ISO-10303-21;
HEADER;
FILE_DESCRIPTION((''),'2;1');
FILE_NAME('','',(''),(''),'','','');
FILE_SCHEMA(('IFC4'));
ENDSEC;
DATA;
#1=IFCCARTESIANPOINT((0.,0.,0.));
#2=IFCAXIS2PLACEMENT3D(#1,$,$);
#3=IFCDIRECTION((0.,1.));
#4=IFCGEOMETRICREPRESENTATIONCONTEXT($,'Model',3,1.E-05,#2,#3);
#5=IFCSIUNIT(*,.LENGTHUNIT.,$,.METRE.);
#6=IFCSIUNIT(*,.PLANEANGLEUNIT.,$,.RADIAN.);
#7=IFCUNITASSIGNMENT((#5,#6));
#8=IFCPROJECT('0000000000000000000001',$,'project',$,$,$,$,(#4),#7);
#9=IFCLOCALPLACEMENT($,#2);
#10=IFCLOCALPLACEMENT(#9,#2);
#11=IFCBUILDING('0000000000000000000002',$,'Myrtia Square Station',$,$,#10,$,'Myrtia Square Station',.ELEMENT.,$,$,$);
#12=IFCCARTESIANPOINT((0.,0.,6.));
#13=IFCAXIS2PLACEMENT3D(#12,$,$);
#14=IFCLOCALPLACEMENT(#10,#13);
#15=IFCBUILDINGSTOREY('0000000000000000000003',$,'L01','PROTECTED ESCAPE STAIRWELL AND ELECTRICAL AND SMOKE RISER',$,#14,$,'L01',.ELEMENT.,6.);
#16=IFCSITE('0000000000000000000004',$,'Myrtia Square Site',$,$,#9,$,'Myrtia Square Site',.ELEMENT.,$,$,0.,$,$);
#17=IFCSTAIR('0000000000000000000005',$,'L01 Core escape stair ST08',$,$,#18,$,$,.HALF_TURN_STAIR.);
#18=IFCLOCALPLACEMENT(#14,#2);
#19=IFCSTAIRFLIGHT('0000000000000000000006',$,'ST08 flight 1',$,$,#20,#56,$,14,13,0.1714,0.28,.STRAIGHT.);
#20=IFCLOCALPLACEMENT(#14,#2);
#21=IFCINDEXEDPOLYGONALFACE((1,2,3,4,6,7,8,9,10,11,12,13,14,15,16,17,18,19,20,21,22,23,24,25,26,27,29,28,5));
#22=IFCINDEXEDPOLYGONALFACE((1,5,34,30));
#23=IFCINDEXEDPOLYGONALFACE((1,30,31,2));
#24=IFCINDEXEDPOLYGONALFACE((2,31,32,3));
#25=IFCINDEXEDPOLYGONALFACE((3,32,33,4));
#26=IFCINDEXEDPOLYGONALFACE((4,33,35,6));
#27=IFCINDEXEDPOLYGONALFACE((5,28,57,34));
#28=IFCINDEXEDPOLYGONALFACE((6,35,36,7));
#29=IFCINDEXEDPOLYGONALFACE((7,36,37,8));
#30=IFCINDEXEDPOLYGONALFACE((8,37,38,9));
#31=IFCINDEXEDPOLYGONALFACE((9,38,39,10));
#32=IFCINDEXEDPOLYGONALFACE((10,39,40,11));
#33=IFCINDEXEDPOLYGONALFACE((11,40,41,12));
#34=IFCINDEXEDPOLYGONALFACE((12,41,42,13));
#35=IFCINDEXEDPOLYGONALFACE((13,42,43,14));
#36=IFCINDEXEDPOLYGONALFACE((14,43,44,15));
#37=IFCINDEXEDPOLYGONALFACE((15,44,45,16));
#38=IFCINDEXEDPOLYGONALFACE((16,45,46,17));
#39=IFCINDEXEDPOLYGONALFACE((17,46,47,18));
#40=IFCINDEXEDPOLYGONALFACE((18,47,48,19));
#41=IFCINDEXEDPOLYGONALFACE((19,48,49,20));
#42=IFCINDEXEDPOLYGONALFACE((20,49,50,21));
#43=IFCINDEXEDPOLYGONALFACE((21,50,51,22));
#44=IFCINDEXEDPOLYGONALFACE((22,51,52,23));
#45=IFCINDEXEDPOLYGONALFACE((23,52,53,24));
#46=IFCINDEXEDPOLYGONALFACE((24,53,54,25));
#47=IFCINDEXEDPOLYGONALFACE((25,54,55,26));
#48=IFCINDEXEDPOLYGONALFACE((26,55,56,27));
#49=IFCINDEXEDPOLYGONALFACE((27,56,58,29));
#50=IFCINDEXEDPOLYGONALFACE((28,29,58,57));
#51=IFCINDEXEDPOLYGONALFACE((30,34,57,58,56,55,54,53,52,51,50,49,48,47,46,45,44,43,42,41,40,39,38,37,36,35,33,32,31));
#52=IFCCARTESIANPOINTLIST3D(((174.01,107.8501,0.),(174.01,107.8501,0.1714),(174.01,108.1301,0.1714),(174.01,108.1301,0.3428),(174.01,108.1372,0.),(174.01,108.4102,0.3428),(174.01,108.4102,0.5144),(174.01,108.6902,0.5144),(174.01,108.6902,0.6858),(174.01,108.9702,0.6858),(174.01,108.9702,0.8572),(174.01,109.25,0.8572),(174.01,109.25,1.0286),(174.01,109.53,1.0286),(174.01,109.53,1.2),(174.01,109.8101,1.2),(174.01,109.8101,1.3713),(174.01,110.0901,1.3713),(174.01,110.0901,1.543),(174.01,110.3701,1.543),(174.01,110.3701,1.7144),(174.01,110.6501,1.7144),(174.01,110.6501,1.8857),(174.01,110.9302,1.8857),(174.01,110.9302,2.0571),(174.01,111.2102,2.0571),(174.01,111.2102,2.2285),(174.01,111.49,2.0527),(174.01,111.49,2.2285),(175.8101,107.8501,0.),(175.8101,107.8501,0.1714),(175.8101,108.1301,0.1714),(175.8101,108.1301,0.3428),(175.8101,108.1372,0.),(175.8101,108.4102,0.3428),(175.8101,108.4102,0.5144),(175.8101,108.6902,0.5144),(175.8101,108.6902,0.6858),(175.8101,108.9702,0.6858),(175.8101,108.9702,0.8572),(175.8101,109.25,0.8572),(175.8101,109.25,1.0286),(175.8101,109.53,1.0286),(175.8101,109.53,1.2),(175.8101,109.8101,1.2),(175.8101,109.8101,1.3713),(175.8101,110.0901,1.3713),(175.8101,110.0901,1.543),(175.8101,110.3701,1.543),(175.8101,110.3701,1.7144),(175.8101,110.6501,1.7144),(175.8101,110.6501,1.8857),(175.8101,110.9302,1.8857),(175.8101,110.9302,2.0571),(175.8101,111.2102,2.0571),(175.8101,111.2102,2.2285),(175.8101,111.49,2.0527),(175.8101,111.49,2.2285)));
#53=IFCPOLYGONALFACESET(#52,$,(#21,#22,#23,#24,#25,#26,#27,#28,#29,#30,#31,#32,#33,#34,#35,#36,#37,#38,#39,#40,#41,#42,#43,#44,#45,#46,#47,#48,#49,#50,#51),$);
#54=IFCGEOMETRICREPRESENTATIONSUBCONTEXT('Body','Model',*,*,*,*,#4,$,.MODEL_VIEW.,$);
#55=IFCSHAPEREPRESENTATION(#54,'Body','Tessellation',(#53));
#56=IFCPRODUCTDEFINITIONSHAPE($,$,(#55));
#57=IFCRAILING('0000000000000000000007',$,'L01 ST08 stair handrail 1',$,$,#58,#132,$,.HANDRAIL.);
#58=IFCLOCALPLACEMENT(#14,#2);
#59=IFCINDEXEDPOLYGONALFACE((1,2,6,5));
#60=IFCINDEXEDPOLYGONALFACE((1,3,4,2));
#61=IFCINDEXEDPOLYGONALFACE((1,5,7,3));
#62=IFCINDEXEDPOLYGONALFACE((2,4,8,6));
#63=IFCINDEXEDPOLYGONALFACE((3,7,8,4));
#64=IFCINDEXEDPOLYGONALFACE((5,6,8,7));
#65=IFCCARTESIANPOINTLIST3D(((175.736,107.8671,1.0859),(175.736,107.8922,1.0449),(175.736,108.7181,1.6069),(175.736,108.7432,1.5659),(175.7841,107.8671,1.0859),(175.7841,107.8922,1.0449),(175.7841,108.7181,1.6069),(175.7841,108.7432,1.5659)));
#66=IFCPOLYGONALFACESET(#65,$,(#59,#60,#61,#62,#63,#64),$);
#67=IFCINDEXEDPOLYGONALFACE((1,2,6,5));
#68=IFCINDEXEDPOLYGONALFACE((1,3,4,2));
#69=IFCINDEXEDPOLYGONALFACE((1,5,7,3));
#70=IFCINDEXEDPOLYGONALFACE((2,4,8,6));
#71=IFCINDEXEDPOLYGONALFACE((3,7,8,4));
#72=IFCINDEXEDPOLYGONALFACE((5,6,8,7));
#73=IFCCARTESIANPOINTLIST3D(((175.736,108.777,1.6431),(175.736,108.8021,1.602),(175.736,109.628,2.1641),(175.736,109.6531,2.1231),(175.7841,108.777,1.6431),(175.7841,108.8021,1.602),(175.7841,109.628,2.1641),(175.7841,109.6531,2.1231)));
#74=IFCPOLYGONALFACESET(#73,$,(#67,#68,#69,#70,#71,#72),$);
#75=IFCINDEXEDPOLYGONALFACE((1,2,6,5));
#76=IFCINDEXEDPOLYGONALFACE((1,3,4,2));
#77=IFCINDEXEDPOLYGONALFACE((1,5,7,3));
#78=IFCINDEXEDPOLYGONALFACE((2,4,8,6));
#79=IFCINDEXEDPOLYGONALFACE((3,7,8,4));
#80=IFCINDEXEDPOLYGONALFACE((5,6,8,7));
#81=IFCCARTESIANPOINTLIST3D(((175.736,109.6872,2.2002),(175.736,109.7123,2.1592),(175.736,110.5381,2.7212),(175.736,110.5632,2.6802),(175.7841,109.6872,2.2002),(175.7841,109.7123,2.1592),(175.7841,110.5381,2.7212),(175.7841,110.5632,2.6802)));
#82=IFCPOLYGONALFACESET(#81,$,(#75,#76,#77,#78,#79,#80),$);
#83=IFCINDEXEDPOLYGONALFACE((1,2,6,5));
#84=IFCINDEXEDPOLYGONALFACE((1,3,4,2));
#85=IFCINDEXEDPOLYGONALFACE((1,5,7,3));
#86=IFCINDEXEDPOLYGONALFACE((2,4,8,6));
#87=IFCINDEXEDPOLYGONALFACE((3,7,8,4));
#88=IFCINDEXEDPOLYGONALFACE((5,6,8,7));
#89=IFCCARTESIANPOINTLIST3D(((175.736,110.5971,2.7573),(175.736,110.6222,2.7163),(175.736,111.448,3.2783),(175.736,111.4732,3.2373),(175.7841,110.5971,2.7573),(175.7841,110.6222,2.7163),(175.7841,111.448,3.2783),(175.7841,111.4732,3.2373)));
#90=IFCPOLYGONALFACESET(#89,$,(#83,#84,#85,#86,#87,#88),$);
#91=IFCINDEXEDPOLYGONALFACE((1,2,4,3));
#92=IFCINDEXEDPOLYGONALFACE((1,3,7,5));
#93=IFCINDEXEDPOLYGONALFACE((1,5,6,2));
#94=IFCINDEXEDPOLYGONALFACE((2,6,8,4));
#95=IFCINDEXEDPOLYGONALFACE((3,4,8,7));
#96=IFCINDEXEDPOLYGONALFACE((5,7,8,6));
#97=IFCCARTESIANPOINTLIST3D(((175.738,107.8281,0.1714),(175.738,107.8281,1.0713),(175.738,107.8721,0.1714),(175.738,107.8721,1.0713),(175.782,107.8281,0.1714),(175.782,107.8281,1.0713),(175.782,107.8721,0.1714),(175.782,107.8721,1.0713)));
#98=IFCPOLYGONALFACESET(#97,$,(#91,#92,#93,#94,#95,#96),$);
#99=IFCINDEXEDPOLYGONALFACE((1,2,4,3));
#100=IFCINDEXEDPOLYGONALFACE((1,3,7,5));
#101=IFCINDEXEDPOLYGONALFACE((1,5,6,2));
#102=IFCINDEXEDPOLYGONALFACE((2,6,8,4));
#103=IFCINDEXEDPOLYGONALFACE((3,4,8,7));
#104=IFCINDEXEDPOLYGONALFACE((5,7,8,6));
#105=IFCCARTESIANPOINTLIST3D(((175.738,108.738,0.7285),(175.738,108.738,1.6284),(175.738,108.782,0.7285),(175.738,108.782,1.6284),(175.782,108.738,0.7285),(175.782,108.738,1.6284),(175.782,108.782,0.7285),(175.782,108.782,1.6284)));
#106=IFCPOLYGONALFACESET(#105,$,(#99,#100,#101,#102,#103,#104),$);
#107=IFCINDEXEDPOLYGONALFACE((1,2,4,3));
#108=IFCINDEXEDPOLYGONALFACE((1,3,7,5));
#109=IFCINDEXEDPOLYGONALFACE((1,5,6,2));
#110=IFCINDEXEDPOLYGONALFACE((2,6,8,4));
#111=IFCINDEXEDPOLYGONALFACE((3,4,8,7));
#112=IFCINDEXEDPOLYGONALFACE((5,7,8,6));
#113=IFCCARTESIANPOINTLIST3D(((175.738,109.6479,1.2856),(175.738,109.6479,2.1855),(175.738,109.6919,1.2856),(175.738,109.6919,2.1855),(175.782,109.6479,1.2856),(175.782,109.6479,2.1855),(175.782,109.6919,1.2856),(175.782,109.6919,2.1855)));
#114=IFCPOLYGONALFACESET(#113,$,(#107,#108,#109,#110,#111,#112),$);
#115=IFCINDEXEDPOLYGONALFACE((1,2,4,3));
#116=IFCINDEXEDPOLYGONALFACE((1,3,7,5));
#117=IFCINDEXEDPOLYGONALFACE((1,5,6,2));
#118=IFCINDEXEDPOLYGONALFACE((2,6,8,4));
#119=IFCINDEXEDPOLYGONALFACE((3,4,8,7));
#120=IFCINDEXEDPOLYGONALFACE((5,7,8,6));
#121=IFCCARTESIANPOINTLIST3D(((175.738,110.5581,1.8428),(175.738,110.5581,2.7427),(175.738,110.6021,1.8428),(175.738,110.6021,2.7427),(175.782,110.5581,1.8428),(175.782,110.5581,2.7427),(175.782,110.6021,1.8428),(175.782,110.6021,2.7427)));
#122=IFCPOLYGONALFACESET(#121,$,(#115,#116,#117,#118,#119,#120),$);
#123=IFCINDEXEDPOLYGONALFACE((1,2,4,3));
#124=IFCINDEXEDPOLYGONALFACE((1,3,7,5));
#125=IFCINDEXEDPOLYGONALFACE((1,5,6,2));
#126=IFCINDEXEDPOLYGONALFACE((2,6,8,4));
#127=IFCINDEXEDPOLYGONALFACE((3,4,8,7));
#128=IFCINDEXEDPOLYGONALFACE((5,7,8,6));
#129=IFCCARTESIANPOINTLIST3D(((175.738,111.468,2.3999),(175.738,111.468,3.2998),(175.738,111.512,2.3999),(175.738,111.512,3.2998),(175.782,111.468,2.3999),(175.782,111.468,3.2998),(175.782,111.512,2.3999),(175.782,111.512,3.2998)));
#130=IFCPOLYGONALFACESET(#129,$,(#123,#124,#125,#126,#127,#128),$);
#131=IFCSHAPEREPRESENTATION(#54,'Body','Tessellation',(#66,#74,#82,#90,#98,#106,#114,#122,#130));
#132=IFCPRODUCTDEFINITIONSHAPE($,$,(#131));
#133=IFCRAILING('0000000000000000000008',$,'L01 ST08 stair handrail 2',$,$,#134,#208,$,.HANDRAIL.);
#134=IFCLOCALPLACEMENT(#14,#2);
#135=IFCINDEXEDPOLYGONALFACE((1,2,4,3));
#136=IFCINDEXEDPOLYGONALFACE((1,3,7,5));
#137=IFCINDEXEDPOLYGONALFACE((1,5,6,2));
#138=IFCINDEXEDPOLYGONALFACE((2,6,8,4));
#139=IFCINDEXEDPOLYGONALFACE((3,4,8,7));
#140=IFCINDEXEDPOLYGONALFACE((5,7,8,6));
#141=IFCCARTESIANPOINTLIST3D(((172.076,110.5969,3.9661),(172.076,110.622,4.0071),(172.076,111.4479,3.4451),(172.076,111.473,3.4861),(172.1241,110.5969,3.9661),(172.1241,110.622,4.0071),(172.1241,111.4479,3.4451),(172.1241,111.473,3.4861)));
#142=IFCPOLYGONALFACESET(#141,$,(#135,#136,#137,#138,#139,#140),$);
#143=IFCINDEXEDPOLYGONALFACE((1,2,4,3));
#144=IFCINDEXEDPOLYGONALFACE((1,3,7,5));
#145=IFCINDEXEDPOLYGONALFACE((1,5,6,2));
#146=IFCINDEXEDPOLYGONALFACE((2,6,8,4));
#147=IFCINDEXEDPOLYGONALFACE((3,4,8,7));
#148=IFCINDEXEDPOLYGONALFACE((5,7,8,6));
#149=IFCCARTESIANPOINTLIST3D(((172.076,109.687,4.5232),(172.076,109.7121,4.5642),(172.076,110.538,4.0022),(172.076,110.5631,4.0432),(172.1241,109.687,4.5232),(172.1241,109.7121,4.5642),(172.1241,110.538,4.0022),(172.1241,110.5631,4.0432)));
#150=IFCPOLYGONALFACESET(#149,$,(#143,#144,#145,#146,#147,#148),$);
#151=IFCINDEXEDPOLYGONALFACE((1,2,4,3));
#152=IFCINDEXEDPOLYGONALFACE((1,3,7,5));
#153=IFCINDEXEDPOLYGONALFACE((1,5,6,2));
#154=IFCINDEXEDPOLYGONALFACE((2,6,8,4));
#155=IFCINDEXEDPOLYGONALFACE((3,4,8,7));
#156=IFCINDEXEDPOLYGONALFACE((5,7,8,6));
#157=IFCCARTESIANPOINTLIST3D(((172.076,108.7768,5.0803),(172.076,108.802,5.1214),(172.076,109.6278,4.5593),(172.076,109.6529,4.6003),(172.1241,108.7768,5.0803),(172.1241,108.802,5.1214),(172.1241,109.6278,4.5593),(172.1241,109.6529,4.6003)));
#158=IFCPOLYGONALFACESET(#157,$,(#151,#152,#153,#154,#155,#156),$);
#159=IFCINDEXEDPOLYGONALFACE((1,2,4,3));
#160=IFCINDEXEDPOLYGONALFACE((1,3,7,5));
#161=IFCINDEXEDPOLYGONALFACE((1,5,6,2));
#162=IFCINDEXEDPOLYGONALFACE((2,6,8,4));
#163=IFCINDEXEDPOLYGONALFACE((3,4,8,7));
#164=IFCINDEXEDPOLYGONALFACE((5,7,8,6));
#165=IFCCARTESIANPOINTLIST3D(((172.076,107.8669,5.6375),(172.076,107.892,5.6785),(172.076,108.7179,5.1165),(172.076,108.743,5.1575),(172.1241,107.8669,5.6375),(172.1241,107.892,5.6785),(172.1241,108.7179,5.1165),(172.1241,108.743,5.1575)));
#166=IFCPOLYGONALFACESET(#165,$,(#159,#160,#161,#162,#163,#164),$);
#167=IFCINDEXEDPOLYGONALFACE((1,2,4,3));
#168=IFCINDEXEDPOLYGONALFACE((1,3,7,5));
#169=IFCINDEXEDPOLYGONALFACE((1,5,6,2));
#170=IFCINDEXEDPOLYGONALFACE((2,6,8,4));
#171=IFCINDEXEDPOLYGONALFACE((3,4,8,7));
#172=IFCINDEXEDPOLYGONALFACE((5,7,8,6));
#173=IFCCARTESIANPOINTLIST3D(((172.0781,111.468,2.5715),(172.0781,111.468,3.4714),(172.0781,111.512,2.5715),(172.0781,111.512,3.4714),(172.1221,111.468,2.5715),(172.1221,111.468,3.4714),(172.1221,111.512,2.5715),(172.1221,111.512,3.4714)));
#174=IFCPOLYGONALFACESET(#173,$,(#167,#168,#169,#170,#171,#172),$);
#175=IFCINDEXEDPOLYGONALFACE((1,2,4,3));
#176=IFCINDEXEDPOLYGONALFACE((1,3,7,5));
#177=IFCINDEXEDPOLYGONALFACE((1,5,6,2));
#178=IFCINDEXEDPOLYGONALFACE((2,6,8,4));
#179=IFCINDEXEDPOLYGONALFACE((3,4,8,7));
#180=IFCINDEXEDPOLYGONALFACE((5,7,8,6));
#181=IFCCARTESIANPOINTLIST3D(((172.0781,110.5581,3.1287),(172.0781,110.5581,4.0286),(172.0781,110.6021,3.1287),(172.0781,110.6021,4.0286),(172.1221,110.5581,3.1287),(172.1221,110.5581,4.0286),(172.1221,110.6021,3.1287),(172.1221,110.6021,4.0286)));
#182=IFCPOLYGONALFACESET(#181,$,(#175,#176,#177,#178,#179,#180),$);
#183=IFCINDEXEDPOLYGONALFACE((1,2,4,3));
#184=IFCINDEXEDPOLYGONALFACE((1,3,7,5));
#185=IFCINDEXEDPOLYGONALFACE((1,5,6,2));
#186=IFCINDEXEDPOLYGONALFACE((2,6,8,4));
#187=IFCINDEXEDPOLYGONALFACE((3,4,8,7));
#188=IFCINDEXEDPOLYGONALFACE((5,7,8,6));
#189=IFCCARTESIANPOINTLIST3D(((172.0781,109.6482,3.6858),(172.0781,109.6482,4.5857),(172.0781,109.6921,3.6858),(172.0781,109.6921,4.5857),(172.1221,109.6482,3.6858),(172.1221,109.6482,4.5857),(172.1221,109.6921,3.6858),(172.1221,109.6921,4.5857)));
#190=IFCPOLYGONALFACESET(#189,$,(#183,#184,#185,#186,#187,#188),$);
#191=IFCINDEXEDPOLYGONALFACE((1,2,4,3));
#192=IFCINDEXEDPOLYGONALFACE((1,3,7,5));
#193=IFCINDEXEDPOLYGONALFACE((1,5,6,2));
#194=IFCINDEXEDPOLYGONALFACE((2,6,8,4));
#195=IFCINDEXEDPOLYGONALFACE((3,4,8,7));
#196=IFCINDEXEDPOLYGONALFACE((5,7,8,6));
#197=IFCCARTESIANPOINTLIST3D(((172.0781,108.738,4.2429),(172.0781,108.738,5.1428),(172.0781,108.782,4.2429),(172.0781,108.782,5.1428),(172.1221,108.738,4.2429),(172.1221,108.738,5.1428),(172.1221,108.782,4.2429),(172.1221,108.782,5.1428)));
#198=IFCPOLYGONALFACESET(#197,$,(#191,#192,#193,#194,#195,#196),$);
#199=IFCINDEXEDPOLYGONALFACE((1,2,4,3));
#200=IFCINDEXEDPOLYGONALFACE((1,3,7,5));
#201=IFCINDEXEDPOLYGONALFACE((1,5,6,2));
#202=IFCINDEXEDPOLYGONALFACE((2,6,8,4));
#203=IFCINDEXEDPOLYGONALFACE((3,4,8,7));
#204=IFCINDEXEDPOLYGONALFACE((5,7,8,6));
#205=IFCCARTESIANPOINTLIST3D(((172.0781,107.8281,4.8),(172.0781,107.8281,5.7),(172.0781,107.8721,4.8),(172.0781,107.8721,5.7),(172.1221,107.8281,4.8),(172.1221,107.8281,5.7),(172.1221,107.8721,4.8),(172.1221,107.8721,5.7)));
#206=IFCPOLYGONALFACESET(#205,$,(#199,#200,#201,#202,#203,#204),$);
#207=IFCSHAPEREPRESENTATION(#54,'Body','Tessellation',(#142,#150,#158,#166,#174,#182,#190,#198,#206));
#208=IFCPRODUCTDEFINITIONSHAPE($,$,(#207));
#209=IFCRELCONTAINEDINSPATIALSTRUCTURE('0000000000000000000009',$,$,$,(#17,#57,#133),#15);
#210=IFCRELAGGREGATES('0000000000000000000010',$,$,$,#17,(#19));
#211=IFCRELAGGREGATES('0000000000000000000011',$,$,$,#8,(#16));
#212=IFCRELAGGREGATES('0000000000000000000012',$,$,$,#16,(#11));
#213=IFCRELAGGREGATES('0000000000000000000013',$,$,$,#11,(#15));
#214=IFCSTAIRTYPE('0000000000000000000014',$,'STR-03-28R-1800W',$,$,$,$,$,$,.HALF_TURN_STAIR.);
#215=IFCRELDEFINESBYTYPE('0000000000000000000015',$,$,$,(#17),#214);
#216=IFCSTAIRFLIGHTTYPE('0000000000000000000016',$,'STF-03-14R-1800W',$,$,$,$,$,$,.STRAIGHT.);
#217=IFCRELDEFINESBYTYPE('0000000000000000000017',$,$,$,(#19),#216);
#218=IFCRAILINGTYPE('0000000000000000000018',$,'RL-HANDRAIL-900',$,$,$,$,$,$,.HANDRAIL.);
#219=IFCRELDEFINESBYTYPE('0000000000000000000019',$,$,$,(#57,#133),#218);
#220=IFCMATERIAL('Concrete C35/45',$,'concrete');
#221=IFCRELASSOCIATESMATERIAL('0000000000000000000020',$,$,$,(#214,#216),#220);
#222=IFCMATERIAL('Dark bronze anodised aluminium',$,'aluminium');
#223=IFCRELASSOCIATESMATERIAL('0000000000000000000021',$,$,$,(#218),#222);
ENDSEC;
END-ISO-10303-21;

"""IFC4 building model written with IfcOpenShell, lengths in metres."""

from ifc_helpers import new_model, si_unit, direction, frame, origin, origin_2d, place, context, subcontext, project, spatial, polyline, rectangle, outline, extrude, material, type_object, element, aggregate, save


model = new_model("IFC4")

# Units and contexts
model_context = context("Model", 3, precision=1e-05, world=origin(), true_north=direction((0.0, 1.0)))
body_context = subcontext(model_context, "Body", "Model", "MODEL_VIEW")
ifc_project = project(units=[si_unit("LENGTHUNIT", "METRE"), si_unit("PLANEANGLEUNIT", "RADIAN")], contexts=[model_context])

# Site, building, storey
site_placement = place(None, origin())
site = spatial("IfcSite", under=ifc_project, at=site_placement, Name="Myrtia Square Site", LongName="Myrtia Square Site", CompositionType="ELEMENT", RefElevation=0.0)
building_placement = place(site_placement, origin())
building = spatial("IfcBuilding", under=site, at=building_placement, Name="Myrtia Square Station", LongName="Myrtia Square Station", CompositionType="ELEMENT")
storey_placement = place(building_placement, frame((0.0, 0.0, 6.0)))
storey = spatial("IfcBuildingStorey", under=building, at=storey_placement, Name="L01", Description="PROTECTED ESCAPE STAIRWELL AND ELECTRICAL AND SMOKE RISER", LongName="L01", CompositionType="ELEMENT", Elevation=6.0)

# Shared definitions
ifc_material_1 = material(Name="Concrete C35/45", Category="concrete")

# Shared definitions
ifc_material_2 = material(Name="Dark bronze anodised aluminium", Category="aluminium")

# Stair, stair flight
stair_type = type_object("IfcStairType", Name="STR-03-28R-1800W", PredefinedType="HALF_TURN_STAIR", material=ifc_material_1)
stair_placement = place(storey_placement, origin())
stair = element("IfcStair", 1, at=stair_placement, inside=storey, type_object=stair_type, Name="L01 Core escape stair ST08", PredefinedType="HALF_TURN_STAIR")
stair_flight_type = type_object("IfcStairFlightType", Name="STF-03-14R-1800W", PredefinedType="STRAIGHT", material=ifc_material_1)
stair_flight_placement = place(storey_placement, frame((174.9099, 107.8501, 0.0), z_axis=(0.0, 0.0, 1.0), x_axis=(0.0, 1.0, 0.0)))
stair_flight = element("IfcStairFlight", 2, at=stair_flight_placement, type_object=stair_flight_type, Name="ST08 flight 1", NumberOfRisers=14, NumberOfTreads=13, PredefinedType="STRAIGHT", RiserHeight=0.1714, TreadLength=0.28, context=body_context, shape_type="SweptSolid", body=[
    extrude(outline(polyline([(0.0, 0.0), (0.0, 0.1714), (0.28, 0.1714), (0.28, 0.3428), (0.5601, 0.3428), (0.5601, 0.5144), (0.8401, 0.5144), (0.8401, 0.6858), (1.1201, 0.6858), (1.1201, 0.8572), (1.3999, 0.8572), (1.3999, 1.0286), (1.6799, 1.0286), (1.6799, 1.2), (1.96, 1.2), (1.96, 1.3713), (2.24, 1.3713), (2.24, 1.543), (2.52, 1.543), (2.52, 1.7144), (2.8, 1.7144), (2.8, 1.8857), (3.0801, 1.8857), (3.0801, 2.0571), (3.3601, 2.0571), (3.3601, 2.2285), (3.6399, 2.2285), (3.6399, 2.3999), (3.6399, 2.0527), (0.2871, 0.0), (0.0, 0.0)])), frame((0.0, 0.8999, 0.0), z_axis=(0.0, -1.0, 0.0), x_axis=(1.0, 0.0, 0.0)), (0.0, 0.0, 1.0), 1.8),
])
aggregate(stair, [stair_flight])

# Railings
railing_type_1 = type_object("IfcRailingType", Name="RL-HANDRAIL-900", PredefinedType="HANDRAIL", material=ifc_material_2)
railing_1_placement = place(storey_placement, frame((175.76, 107.8501, 0.1714)))
element("IfcRailing", 3, at=railing_1_placement, inside=storey, type_object=railing_type_1, Name="L01 ST08 stair handrail 1", PredefinedType="HANDRAIL", context=body_context, shape_type="SweptSolid", body=[
    extrude(rectangle(XDim=0.0481, YDim=0.0481, at=origin_2d()), frame((0.0, 0.0295, 0.894), z_axis=(0.0, 0.85285, 0.522156), x_axis=(-1.0, 0.0, 0.0)), (0.0, 0.0, 1.0), 0.9978),
    extrude(rectangle(XDim=0.0481, YDim=0.0481, at=origin_2d()), frame((0.0, 0.9395, 1.4512), z_axis=(0.0, 0.85285, 0.522156), x_axis=(-1.0, 0.0, 0.0)), (0.0, 0.0, 1.0), 0.9978),
    extrude(rectangle(XDim=0.0481, YDim=0.0481, at=origin_2d()), frame((0.0, 1.8496, 2.0083), z_axis=(0.0, 0.85285, 0.522156), x_axis=(-1.0, 0.0, 0.0)), (0.0, 0.0, 1.0), 0.9978),
    extrude(rectangle(XDim=0.0481, YDim=0.0481, at=origin_2d()), frame((0.0, 2.7595, 2.5654), z_axis=(0.0, 0.85285, 0.522156), x_axis=(-1.0, 0.0, 0.0)), (0.0, 0.0, 1.0), 0.9978),
    extrude(rectangle(XDim=0.0439, YDim=0.0439, at=origin_2d()), origin(), (0.0, 0.0, 1.0), 0.8999),
    extrude(rectangle(XDim=0.0439, YDim=0.0439, at=origin_2d()), frame((0.0, 0.9099, 0.5571)), (0.0, 0.0, 1.0), 0.8999),
    extrude(rectangle(XDim=0.0439, YDim=0.0439, at=origin_2d()), frame((0.0, 1.8198, 1.1143)), (0.0, 0.0, 1.0), 0.8999),
    extrude(rectangle(XDim=0.0439, YDim=0.0439, at=origin_2d()), frame((0.0, 2.73, 1.6714)), (0.0, 0.0, 1.0), 0.8999),
    extrude(rectangle(XDim=0.0439, YDim=0.0439, at=origin_2d()), frame((0.0, 3.6399, 2.2285)), (0.0, 0.0, 1.0), 0.8999),
])
railing_2_placement = place(storey_placement, frame((172.1001, 111.49, 2.5715)))
element("IfcRailing", 4, at=railing_2_placement, inside=storey, type_object=railing_type_1, Name="L01 ST08 stair handrail 2", PredefinedType="HANDRAIL", context=body_context, shape_type="SweptSolid", body=[
    extrude(rectangle(XDim=0.0481, YDim=0.0481, at=origin_2d()), frame((0.0, -0.0295, 0.894), z_axis=(0.0, -0.85285, 0.522156), x_axis=(1.0, 0.0, 0.0)), (0.0, 0.0, 1.0), 0.9978),
    extrude(rectangle(XDim=0.0481, YDim=0.0481, at=origin_2d()), frame((0.0, -0.9395, 1.4512), z_axis=(0.0, -0.85285, 0.522156), x_axis=(1.0, 0.0, 0.0)), (0.0, 0.0, 1.0), 0.9978),
    extrude(rectangle(XDim=0.0481, YDim=0.0481, at=origin_2d()), frame((0.0, -1.8496, 2.0083), z_axis=(0.0, -0.85285, 0.522156), x_axis=(1.0, 0.0, 0.0)), (0.0, 0.0, 1.0), 0.9978),
    extrude(rectangle(XDim=0.0481, YDim=0.0481, at=origin_2d()), frame((0.0, -2.7595, 2.5654), z_axis=(0.0, -0.85285, 0.522156), x_axis=(1.0, 0.0, 0.0)), (0.0, 0.0, 1.0), 0.9978),
    extrude(rectangle(XDim=0.0439, YDim=0.0439, at=origin_2d()), origin(), (0.0, 0.0, 1.0), 0.8999),
    extrude(rectangle(XDim=0.0439, YDim=0.0439, at=origin_2d()), frame((0.0, -0.9099, 0.5571)), (0.0, 0.0, 1.0), 0.8999),
    extrude(rectangle(XDim=0.0439, YDim=0.0439, at=origin_2d()), frame((0.0, -1.8198, 1.1143)), (0.0, 0.0, 1.0), 0.8999),
    extrude(rectangle(XDim=0.0439, YDim=0.0439, at=origin_2d()), frame((0.0, -2.73, 1.6714)), (0.0, 0.0, 1.0), 0.8999),
    extrude(rectangle(XDim=0.0439, YDim=0.0439, at=origin_2d()), frame((0.0, -3.6399, 2.2285)), (0.0, 0.0, 1.0), 0.8999),
])

save(model, "model.ifc")
